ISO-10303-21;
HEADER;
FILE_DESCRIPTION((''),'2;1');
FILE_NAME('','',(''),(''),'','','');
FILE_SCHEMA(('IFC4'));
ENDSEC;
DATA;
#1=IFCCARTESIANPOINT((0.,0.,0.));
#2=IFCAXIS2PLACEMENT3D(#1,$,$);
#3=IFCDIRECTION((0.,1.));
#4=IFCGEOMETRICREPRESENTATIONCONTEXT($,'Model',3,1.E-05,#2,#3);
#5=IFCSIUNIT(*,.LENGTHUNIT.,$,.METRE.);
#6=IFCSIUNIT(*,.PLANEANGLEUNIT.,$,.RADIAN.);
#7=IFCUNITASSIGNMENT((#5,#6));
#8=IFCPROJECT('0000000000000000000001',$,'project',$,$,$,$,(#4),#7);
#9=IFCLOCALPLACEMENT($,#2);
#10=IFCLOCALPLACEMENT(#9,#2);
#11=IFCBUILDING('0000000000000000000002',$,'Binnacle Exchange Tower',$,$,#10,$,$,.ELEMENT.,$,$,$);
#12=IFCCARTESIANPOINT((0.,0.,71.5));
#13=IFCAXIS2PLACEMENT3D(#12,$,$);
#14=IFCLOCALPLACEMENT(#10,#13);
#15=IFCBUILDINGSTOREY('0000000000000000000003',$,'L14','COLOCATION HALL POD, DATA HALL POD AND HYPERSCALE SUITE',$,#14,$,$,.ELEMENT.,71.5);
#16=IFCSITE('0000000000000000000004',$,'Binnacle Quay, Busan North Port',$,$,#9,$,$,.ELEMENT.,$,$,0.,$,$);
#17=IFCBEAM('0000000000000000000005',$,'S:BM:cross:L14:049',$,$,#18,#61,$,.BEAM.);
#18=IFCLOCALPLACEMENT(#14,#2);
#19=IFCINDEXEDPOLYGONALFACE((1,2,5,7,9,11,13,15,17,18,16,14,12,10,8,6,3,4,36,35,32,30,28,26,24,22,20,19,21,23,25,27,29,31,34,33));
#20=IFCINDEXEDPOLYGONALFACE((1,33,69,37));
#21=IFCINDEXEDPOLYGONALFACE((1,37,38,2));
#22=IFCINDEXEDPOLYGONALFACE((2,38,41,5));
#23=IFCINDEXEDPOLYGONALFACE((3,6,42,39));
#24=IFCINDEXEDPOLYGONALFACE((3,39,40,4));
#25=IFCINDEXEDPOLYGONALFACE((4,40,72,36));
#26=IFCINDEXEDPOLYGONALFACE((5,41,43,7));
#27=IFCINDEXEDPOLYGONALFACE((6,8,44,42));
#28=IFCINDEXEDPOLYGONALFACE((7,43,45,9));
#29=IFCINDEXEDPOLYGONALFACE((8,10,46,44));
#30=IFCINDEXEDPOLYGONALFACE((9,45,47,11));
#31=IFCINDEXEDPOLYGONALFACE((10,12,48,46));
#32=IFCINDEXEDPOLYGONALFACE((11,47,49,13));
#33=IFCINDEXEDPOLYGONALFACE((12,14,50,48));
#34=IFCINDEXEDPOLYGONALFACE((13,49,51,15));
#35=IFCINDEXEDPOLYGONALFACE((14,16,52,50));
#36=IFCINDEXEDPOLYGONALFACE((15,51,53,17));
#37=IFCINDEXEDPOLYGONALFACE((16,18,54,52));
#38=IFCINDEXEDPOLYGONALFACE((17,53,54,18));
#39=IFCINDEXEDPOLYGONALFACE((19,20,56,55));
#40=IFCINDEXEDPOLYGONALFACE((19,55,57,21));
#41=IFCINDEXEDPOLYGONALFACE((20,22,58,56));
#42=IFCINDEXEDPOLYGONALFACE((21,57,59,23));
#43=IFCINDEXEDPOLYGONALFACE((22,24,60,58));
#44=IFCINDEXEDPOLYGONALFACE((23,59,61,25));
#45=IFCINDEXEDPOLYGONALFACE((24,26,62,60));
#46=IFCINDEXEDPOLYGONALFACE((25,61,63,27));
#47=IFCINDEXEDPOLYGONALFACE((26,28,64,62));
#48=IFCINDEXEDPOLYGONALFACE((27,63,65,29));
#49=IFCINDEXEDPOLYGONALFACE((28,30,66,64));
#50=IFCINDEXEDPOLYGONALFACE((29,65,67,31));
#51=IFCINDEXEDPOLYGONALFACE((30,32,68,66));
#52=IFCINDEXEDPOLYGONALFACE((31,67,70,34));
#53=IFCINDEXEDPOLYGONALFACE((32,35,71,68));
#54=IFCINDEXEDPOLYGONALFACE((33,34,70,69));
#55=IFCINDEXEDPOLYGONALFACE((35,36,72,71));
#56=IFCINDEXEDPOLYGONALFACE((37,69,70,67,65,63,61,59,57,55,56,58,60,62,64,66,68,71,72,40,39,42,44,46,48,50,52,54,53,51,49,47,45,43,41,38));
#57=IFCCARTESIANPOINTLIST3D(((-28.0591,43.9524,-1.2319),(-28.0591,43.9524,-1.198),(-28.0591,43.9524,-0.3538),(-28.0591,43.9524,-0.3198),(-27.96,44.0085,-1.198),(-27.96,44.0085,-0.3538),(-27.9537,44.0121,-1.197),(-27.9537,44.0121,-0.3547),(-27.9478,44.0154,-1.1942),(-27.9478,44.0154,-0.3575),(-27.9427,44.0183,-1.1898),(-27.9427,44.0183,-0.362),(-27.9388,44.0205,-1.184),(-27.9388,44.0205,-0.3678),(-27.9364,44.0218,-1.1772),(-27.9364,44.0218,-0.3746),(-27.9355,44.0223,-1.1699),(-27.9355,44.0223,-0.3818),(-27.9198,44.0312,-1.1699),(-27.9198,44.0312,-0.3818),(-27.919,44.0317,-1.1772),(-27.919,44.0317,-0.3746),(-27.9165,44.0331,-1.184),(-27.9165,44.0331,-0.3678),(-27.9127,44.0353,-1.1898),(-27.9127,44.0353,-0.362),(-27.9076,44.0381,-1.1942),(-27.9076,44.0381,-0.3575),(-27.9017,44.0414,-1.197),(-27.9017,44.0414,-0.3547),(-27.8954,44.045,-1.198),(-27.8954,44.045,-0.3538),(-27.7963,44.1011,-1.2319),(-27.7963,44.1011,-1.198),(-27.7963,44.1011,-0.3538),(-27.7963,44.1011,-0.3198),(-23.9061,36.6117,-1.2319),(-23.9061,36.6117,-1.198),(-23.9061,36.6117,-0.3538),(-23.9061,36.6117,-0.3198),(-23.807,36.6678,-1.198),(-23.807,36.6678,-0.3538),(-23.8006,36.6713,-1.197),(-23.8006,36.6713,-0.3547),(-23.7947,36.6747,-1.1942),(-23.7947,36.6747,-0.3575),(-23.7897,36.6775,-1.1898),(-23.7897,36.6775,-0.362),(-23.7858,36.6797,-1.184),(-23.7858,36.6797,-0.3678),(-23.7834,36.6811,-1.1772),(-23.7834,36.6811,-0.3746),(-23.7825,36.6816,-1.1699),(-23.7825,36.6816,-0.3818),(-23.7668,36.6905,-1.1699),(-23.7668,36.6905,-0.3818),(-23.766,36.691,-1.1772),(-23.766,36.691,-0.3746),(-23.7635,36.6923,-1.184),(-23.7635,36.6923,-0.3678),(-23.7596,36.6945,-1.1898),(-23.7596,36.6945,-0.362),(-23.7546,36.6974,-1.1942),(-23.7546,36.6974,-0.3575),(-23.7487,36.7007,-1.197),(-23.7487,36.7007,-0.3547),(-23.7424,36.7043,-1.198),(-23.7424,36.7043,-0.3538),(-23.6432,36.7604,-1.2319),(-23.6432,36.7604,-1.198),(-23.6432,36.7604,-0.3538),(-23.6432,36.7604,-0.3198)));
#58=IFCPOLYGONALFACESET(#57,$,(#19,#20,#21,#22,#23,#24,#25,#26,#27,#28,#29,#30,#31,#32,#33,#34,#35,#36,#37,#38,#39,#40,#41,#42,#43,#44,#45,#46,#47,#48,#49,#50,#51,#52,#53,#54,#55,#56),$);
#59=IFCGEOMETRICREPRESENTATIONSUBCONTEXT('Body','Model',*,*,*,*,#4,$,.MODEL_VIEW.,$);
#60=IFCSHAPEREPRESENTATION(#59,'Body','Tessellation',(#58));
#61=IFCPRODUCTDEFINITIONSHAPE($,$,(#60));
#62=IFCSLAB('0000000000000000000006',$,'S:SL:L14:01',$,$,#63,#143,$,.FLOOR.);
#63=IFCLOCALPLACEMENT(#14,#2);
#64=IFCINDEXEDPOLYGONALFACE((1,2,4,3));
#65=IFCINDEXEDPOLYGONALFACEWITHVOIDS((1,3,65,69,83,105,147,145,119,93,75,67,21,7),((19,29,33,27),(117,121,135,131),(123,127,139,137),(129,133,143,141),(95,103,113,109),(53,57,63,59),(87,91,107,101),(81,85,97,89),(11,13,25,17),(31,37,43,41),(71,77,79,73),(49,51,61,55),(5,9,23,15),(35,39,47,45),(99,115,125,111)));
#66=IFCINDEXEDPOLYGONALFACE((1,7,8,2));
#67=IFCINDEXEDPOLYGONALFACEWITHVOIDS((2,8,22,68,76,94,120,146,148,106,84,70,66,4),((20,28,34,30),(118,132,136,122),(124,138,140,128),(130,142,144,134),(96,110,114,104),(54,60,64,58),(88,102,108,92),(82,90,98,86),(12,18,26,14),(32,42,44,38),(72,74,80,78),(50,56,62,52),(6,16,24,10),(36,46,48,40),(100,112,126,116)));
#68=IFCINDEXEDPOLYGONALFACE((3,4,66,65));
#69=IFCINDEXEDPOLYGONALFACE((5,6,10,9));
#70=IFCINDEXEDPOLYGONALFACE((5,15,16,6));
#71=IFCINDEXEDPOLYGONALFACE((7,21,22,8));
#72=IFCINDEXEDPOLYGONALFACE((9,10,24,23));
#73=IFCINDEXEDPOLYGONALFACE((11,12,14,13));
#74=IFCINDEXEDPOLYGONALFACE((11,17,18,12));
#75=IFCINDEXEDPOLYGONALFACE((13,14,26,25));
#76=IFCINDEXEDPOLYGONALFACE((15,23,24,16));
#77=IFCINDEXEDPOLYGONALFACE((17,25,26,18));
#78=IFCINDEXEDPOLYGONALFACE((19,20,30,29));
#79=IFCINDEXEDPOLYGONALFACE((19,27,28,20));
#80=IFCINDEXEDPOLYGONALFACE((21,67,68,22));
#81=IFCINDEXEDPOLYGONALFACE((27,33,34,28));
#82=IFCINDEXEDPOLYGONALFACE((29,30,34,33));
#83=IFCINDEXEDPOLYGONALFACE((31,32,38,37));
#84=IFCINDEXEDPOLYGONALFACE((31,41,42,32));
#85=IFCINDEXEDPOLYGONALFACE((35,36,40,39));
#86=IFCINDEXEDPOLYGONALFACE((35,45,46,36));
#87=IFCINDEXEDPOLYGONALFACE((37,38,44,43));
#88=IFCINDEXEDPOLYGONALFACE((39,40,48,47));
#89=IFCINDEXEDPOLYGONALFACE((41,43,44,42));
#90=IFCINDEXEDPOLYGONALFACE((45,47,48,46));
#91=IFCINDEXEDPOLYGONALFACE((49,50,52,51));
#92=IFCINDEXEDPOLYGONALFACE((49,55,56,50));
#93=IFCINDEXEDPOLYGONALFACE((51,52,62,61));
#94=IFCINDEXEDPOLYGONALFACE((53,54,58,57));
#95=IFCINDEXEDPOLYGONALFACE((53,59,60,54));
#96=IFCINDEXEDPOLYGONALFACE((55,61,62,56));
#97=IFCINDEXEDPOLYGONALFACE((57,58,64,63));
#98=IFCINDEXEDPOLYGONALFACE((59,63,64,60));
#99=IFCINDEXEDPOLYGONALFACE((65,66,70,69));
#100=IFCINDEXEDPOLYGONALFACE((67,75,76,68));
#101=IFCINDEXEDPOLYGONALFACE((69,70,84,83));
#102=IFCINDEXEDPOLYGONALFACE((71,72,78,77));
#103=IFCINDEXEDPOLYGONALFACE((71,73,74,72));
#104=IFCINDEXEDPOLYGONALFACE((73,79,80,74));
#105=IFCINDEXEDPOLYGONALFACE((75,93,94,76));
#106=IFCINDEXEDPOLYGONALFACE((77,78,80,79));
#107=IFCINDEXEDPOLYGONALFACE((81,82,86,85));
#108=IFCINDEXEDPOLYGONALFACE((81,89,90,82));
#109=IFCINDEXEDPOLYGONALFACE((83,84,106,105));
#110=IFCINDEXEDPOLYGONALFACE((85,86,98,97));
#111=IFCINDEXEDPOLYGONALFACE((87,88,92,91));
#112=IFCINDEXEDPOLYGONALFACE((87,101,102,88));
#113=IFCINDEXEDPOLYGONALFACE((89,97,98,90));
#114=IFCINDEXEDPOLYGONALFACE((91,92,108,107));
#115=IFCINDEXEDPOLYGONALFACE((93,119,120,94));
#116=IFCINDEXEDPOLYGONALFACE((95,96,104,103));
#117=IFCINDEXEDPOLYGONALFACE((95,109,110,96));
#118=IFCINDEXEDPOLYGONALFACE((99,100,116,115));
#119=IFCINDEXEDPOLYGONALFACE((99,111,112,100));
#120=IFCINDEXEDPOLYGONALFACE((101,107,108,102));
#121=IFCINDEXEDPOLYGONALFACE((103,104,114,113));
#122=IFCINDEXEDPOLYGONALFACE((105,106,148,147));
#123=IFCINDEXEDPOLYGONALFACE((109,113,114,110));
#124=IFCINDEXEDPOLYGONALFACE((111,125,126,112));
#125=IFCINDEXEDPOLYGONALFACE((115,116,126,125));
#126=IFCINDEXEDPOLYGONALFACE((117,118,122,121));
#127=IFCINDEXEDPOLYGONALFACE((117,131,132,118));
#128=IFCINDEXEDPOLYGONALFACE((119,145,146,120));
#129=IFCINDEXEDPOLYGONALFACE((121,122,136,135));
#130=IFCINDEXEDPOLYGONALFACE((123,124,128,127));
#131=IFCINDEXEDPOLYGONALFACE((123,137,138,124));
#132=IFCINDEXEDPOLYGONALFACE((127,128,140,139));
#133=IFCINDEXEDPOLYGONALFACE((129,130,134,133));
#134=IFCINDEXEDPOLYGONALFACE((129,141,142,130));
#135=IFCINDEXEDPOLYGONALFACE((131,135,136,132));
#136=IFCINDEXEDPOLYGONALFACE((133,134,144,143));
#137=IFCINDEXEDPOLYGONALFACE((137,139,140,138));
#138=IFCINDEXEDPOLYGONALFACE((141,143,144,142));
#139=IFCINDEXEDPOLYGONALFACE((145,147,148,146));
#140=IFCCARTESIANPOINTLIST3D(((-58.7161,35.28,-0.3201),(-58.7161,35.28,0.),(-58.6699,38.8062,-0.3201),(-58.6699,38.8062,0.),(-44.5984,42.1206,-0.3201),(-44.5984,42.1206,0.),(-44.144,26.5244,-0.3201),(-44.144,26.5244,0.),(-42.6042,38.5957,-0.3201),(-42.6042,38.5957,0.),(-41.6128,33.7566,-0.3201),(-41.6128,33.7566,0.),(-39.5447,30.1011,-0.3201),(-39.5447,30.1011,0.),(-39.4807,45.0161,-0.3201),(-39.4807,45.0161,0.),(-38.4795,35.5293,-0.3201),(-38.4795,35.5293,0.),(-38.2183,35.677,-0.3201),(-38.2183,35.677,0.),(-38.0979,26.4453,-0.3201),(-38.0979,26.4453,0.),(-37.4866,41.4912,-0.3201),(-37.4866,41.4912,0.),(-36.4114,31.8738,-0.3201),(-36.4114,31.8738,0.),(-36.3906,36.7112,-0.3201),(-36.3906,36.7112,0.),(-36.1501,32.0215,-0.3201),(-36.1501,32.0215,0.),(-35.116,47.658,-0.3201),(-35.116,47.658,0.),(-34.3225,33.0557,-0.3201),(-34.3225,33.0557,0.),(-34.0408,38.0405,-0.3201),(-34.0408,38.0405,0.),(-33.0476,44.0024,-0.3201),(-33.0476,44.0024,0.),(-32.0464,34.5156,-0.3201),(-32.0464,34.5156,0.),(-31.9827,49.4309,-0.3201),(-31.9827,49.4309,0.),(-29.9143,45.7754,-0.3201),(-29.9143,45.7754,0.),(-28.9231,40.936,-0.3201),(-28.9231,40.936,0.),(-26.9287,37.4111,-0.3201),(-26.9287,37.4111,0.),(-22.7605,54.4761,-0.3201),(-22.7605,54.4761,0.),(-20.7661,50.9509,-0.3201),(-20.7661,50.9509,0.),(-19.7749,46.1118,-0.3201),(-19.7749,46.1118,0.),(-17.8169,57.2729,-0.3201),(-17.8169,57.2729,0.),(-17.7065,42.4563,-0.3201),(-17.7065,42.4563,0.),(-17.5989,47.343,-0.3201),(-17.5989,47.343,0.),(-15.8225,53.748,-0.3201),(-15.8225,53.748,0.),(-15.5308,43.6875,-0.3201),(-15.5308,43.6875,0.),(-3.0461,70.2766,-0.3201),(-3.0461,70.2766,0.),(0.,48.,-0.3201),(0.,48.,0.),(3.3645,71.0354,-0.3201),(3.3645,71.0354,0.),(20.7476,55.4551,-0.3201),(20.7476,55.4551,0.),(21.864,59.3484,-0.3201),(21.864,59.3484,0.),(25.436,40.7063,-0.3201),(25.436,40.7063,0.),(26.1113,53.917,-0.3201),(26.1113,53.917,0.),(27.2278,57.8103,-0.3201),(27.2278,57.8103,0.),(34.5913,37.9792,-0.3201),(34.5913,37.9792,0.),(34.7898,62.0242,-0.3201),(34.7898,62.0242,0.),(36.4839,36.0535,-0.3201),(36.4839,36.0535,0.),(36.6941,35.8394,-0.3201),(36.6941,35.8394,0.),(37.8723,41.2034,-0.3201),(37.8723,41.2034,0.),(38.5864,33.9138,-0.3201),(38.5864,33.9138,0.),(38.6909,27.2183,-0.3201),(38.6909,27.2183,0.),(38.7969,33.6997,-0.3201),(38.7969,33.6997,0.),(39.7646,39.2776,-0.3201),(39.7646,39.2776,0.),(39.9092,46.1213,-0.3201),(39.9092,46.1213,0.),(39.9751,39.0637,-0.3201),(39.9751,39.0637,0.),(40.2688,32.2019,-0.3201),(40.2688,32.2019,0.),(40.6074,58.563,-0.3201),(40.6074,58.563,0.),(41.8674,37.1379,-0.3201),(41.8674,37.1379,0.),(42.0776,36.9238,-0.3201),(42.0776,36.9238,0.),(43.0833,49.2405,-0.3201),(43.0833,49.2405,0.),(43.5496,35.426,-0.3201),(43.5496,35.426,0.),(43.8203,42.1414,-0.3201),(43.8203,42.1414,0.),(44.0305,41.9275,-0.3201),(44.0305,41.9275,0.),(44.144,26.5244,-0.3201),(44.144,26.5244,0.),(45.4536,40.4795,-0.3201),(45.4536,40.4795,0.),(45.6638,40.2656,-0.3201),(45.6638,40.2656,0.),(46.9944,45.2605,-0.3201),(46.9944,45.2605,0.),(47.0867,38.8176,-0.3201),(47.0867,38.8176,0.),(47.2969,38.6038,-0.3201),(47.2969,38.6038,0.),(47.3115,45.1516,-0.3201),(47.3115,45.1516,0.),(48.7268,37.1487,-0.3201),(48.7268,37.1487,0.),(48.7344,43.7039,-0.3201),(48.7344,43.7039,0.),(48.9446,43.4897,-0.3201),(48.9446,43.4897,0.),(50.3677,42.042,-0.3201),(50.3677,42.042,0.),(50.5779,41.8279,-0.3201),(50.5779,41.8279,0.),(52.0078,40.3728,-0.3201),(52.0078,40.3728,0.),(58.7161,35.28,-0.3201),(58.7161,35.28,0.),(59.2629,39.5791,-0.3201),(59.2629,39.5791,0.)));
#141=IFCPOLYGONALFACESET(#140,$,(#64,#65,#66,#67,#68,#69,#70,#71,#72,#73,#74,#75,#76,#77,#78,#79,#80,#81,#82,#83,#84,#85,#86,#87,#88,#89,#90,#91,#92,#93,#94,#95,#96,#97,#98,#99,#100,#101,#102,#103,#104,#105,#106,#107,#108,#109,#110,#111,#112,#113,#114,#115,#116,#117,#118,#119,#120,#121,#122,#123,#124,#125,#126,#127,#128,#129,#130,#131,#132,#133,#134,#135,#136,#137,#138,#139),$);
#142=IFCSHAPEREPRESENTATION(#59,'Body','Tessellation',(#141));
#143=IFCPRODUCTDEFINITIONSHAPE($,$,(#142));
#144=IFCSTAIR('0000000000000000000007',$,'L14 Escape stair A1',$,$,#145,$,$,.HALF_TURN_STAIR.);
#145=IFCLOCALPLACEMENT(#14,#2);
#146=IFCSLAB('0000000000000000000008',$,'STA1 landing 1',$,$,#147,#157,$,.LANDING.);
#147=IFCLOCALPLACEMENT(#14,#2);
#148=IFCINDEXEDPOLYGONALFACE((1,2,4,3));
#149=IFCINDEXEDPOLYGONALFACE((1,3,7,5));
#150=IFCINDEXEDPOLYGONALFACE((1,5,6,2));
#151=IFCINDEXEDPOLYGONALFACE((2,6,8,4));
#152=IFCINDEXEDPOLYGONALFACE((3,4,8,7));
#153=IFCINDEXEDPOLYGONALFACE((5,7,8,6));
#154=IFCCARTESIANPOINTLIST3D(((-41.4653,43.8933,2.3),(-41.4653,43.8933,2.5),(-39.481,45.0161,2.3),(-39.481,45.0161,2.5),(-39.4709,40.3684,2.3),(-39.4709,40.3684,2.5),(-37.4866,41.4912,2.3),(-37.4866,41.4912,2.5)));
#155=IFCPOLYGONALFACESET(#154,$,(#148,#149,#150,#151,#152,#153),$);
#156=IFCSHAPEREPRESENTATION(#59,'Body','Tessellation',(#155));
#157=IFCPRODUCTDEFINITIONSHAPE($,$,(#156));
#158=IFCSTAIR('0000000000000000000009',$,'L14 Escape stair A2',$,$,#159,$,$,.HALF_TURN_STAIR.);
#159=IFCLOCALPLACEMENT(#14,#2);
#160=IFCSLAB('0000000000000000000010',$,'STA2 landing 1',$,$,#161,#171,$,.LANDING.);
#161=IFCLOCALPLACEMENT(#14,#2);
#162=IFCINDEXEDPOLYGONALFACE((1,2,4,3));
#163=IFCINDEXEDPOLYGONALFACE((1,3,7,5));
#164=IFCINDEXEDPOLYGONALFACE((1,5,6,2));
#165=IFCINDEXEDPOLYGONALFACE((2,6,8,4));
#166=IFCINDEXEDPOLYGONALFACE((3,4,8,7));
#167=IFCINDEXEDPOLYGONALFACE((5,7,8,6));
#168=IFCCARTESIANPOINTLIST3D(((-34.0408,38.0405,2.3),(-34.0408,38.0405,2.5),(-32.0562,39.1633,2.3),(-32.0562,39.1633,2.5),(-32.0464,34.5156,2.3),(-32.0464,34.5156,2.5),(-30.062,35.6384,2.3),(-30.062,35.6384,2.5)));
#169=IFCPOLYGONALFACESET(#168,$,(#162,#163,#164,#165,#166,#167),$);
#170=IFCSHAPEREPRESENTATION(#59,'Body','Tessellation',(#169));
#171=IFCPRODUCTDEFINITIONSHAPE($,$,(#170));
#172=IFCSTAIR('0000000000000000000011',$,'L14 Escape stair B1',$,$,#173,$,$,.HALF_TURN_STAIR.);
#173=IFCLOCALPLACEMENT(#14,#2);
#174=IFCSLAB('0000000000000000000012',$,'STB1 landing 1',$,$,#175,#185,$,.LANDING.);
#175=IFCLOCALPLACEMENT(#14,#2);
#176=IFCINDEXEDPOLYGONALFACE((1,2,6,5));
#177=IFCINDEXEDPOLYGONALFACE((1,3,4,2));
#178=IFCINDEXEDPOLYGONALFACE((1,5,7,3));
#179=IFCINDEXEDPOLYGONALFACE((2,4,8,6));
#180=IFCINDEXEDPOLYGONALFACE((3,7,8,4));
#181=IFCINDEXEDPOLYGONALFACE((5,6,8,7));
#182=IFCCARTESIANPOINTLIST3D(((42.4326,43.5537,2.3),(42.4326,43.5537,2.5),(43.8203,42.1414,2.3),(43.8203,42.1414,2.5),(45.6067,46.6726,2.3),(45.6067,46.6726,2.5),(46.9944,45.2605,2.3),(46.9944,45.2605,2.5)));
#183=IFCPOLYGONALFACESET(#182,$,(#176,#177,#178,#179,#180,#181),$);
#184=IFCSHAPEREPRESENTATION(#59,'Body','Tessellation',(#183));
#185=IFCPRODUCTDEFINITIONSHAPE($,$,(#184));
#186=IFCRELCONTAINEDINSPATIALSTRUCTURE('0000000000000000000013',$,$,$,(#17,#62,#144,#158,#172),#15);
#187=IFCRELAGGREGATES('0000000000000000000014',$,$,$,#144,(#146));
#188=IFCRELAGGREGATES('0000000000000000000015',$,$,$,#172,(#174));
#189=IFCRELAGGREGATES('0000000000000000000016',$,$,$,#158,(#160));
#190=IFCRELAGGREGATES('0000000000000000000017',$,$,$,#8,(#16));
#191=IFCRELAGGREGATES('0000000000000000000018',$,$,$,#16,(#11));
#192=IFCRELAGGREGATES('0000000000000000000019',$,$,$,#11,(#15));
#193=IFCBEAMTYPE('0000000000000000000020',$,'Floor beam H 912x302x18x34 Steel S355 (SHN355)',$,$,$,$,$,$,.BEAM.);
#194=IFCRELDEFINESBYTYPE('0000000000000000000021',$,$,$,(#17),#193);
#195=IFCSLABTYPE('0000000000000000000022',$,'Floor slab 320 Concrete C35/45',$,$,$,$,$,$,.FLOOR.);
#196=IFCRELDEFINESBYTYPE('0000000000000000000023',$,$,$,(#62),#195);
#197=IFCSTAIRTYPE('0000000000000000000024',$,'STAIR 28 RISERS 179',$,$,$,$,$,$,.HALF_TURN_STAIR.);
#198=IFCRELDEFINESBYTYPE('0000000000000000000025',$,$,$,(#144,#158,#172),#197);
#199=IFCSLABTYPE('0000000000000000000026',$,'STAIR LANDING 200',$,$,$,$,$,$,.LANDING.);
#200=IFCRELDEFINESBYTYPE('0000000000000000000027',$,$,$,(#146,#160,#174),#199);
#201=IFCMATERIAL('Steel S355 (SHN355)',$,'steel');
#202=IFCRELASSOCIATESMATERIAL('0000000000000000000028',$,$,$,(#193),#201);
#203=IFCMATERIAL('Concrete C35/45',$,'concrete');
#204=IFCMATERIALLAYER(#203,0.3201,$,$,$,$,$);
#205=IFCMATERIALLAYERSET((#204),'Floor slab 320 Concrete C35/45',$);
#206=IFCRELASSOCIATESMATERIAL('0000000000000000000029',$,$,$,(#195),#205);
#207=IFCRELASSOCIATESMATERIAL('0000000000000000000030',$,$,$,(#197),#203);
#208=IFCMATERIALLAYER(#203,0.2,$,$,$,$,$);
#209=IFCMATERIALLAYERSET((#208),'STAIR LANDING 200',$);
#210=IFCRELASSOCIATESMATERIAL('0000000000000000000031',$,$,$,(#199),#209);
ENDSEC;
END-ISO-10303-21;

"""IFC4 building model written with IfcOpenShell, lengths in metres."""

from ifc_helpers import new_model, si_unit, direction, frame, origin, origin_2d, place, context, subcontext, project, spatial, polyline, i_section, outline, extrude, material, layer, layer_set, material_profile, profile_set, type_object, element, aggregate, save


model = new_model("IFC4")

# Units and contexts
model_context = context("Model", 3, precision=1e-05, world=origin(), true_north=direction((0.0, 1.0)))
body_context = subcontext(model_context, "Body", "Model", "MODEL_VIEW")
ifc_project = project(units=[si_unit("LENGTHUNIT", "METRE"), si_unit("PLANEANGLEUNIT", "RADIAN")], contexts=[model_context])

# Site, building, storey
site_placement = place(None, origin())
site = spatial("IfcSite", under=ifc_project, at=site_placement, Name="Binnacle Quay, Busan North Port", CompositionType="ELEMENT", RefElevation=0.0)
building_placement = place(site_placement, origin())
building = spatial("IfcBuilding", under=site, at=building_placement, Name="Binnacle Exchange Tower", CompositionType="ELEMENT")
storey_placement = place(building_placement, frame((0.0, 0.0, 71.5)))
storey = spatial("IfcBuildingStorey", under=building, at=storey_placement, Name="L14", Description="COLOCATION HALL POD, DATA HALL POD AND HYPERSCALE SUITE", CompositionType="ELEMENT", Elevation=71.5)

# Beam
ifc_material_1 = material(Name="Steel S355 (SHN355)", Category="steel")
ifc_material_profile_1 = material_profile(ifc_material_1, i_section(OverallWidth=0.302, OverallDepth=0.9121, WebThickness=0.0181, FlangeThickness=0.0339, FilletRadius=0.0281, at=origin_2d()), Name="H 912x302x18x34")
ifc_profile_set_1 = profile_set([ifc_material_profile_1], Name="Steel S355 (SHN355)")
beam_type_1 = type_object("IfcBeamType", Name="Floor beam H 912x302x18x34 Steel S355 (SHN355)", PredefinedType="BEAM", material=ifc_profile_set_1)
beam_1_placement = place(storey_placement, frame((-23.7747, 36.686, -0.7759), z_axis=(-0.492409, 0.870364, 0.0), x_axis=(-0.870364, -0.492409, 0.0)))
element("IfcBeam", 1, at=beam_1_placement, inside=storey, type_object=beam_type_1, Name="S:BM:cross:L14:049", PredefinedType="BEAM", context=body_context, shape_type="SweptSolid", body=[
    extrude(i_section(OverallWidth=0.302, OverallDepth=0.9121, WebThickness=0.0181, FlangeThickness=0.0339, FilletRadius=0.0281, at=origin_2d()), origin(), (0.0, 0.0, 1.0), 8.4341),
])

# Slab
ifc_material_2 = material(Name="Concrete C35/45", Category="concrete")
ifc_layer_1 = layer(ifc_material_2, 0.3201)
ifc_layer_set_1 = layer_set([ifc_layer_1], Name="Floor slab 320 Concrete C35/45")
slab_type_1 = type_object("IfcSlabType", Name="Floor slab 320 Concrete C35/45", PredefinedType="FLOOR", material=ifc_layer_set_1)
slab_1_placement = place(storey_placement, frame((0.0, 0.0, -0.3201)))
element("IfcSlab", 2, at=slab_1_placement, inside=storey, type_object=slab_type_1, Name="S:SL:L14:01", PredefinedType="FLOOR", context=body_context, shape_type="SweptSolid", body=[
    extrude(outline(polyline([(59.2629, 39.5791), (58.7161, 35.28), (44.144, 26.5244), (38.6909, 27.2183), (25.436, 40.7063), (0.0, 48.0), (-38.0979, 26.4453), (-44.144, 26.5244), (-58.7161, 35.28), (-58.6699, 38.8062), (-3.0461, 70.2766), (3.3645, 71.0354), (34.7898, 62.0242), (40.6074, 58.563), (59.2629, 39.5791)]), holes=[polyline([(-38.4795, 35.5293), (-41.6128, 33.7566), (-39.5447, 30.1011), (-36.4114, 31.8738), (-38.4795, 35.5293)]), polyline([(-34.3225, 33.0557), (-36.3906, 36.7112), (-38.2183, 35.677), (-36.1501, 32.0215), (-34.3225, 33.0557)]), polyline([(-34.0408, 38.0405), (-32.0464, 34.5156), (-26.9287, 37.4111), (-28.9231, 40.936), (-34.0408, 38.0405)]), polyline([(-37.4866, 41.4912), (-39.4807, 45.0161), (-44.5984, 42.1206), (-42.6042, 38.5957), (-37.4866, 41.4912)]), polyline([(-15.5308, 43.6875), (-17.5989, 47.343), (-19.7749, 46.1118), (-17.7065, 42.4563), (-15.5308, 43.6875)]), polyline([(-29.9143, 45.7754), (-31.9827, 49.4309), (-35.116, 47.658), (-33.0476, 44.0024), (-29.9143, 45.7754)]), polyline([(-15.8225, 53.748), (-17.8169, 57.2729), (-22.7605, 54.4761), (-20.7661, 50.9509), (-15.8225, 53.748)]), polyline([(26.1113, 53.917), (27.2278, 57.8103), (21.864, 59.3484), (20.7476, 55.4551), (26.1113, 53.917)]), polyline([(40.2688, 32.2019), (43.5496, 35.426), (42.0776, 36.9238), (38.7969, 33.6997), (40.2688, 32.2019)]), polyline([(38.5864, 33.9138), (41.8674, 37.1379), (39.9751, 39.0637), (36.6941, 35.8394), (38.5864, 33.9138)]), polyline([(36.4839, 36.0535), (39.7646, 39.2776), (37.8723, 41.2034), (34.5913, 37.9792), (36.4839, 36.0535)]), polyline([(48.7268, 37.1487), (52.0078, 40.3728), (50.5779, 41.8279), (47.2969, 38.6038), (48.7268, 37.1487)]), polyline([(47.0867, 38.8176), (50.3677, 42.042), (48.9446, 43.4897), (45.6638, 40.2656), (47.0867, 38.8176)]), polyline([(45.4536, 40.4795), (48.7344, 43.7039), (47.3115, 45.1516), (44.0305, 41.9275), (45.4536, 40.4795)]), polyline([(43.8203, 42.1414), (46.9944, 45.2605), (43.0833, 49.2405), (39.9092, 46.1213), (43.8203, 42.1414)])]), origin(), (0.0, 0.0, 1.0), 0.3201),
])

# Stairs, slabs
stair_type = type_object("IfcStairType", Name="STAIR 28 RISERS 179", PredefinedType="HALF_TURN_STAIR", material=ifc_material_2)
stair_1_placement = place(storey_placement, origin())
stair_1 = element("IfcStair", 3, at=stair_1_placement, inside=storey, type_object=stair_type, Name="L14 Escape stair A1", PredefinedType="HALF_TURN_STAIR")
ifc_layer_2 = layer(ifc_material_2, 0.2)
ifc_layer_set_2 = layer_set([ifc_layer_2], Name="STAIR LANDING 200")
slab_type_2 = type_object("IfcSlabType", Name="STAIR LANDING 200", PredefinedType="LANDING", material=ifc_layer_set_2)
slab_2_placement = place(storey_placement, frame((0.0, 0.0, 2.3)))
slab_2 = element("IfcSlab", 4, at=slab_2_placement, type_object=slab_type_2, Name="STA1 landing 1", PredefinedType="LANDING", context=body_context, shape_type="SweptSolid", body=[
    extrude(outline(polyline([(-39.4709, 40.3684), (-37.4866, 41.4912), (-39.481, 45.0161), (-41.4653, 43.8933), (-39.4709, 40.3684)])), origin(), (0.0, 0.0, 1.0), 0.2),
])
aggregate(stair_1, [slab_2])
stair_2_placement = place(storey_placement, origin())
stair_2 = element("IfcStair", 5, at=stair_2_placement, inside=storey, type_object=stair_type, Name="L14 Escape stair A2", PredefinedType="HALF_TURN_STAIR")
slab_3_placement = place(storey_placement, frame((0.0, 0.0, 2.3)))
slab_3 = element("IfcSlab", 6, at=slab_3_placement, type_object=slab_type_2, Name="STA2 landing 1", PredefinedType="LANDING", context=body_context, shape_type="SweptSolid", body=[
    extrude(outline(polyline([(-32.0562, 39.1633), (-34.0408, 38.0405), (-32.0464, 34.5156), (-30.062, 35.6384), (-32.0562, 39.1633)])), origin(), (0.0, 0.0, 1.0), 0.2),
])
stair_3_placement = place(storey_placement, origin())
stair_3 = element("IfcStair", 7, at=stair_3_placement, inside=storey, type_object=stair_type, Name="L14 Escape stair B1", PredefinedType="HALF_TURN_STAIR")
slab_4_placement = place(storey_placement, frame((0.0, 0.0, 2.3)))
slab_4 = element("IfcSlab", 8, at=slab_4_placement, type_object=slab_type_2, Name="STB1 landing 1", PredefinedType="LANDING", context=body_context, shape_type="SweptSolid", body=[
    extrude(outline(polyline([(42.4326, 43.5537), (43.8203, 42.1414), (46.9944, 45.2605), (45.6067, 46.6726), (42.4326, 43.5537)])), origin(), (0.0, 0.0, 1.0), 0.2),
])
aggregate(stair_3, [slab_4])

aggregate(stair_2, [slab_3])

save(model, "model.ifc")
